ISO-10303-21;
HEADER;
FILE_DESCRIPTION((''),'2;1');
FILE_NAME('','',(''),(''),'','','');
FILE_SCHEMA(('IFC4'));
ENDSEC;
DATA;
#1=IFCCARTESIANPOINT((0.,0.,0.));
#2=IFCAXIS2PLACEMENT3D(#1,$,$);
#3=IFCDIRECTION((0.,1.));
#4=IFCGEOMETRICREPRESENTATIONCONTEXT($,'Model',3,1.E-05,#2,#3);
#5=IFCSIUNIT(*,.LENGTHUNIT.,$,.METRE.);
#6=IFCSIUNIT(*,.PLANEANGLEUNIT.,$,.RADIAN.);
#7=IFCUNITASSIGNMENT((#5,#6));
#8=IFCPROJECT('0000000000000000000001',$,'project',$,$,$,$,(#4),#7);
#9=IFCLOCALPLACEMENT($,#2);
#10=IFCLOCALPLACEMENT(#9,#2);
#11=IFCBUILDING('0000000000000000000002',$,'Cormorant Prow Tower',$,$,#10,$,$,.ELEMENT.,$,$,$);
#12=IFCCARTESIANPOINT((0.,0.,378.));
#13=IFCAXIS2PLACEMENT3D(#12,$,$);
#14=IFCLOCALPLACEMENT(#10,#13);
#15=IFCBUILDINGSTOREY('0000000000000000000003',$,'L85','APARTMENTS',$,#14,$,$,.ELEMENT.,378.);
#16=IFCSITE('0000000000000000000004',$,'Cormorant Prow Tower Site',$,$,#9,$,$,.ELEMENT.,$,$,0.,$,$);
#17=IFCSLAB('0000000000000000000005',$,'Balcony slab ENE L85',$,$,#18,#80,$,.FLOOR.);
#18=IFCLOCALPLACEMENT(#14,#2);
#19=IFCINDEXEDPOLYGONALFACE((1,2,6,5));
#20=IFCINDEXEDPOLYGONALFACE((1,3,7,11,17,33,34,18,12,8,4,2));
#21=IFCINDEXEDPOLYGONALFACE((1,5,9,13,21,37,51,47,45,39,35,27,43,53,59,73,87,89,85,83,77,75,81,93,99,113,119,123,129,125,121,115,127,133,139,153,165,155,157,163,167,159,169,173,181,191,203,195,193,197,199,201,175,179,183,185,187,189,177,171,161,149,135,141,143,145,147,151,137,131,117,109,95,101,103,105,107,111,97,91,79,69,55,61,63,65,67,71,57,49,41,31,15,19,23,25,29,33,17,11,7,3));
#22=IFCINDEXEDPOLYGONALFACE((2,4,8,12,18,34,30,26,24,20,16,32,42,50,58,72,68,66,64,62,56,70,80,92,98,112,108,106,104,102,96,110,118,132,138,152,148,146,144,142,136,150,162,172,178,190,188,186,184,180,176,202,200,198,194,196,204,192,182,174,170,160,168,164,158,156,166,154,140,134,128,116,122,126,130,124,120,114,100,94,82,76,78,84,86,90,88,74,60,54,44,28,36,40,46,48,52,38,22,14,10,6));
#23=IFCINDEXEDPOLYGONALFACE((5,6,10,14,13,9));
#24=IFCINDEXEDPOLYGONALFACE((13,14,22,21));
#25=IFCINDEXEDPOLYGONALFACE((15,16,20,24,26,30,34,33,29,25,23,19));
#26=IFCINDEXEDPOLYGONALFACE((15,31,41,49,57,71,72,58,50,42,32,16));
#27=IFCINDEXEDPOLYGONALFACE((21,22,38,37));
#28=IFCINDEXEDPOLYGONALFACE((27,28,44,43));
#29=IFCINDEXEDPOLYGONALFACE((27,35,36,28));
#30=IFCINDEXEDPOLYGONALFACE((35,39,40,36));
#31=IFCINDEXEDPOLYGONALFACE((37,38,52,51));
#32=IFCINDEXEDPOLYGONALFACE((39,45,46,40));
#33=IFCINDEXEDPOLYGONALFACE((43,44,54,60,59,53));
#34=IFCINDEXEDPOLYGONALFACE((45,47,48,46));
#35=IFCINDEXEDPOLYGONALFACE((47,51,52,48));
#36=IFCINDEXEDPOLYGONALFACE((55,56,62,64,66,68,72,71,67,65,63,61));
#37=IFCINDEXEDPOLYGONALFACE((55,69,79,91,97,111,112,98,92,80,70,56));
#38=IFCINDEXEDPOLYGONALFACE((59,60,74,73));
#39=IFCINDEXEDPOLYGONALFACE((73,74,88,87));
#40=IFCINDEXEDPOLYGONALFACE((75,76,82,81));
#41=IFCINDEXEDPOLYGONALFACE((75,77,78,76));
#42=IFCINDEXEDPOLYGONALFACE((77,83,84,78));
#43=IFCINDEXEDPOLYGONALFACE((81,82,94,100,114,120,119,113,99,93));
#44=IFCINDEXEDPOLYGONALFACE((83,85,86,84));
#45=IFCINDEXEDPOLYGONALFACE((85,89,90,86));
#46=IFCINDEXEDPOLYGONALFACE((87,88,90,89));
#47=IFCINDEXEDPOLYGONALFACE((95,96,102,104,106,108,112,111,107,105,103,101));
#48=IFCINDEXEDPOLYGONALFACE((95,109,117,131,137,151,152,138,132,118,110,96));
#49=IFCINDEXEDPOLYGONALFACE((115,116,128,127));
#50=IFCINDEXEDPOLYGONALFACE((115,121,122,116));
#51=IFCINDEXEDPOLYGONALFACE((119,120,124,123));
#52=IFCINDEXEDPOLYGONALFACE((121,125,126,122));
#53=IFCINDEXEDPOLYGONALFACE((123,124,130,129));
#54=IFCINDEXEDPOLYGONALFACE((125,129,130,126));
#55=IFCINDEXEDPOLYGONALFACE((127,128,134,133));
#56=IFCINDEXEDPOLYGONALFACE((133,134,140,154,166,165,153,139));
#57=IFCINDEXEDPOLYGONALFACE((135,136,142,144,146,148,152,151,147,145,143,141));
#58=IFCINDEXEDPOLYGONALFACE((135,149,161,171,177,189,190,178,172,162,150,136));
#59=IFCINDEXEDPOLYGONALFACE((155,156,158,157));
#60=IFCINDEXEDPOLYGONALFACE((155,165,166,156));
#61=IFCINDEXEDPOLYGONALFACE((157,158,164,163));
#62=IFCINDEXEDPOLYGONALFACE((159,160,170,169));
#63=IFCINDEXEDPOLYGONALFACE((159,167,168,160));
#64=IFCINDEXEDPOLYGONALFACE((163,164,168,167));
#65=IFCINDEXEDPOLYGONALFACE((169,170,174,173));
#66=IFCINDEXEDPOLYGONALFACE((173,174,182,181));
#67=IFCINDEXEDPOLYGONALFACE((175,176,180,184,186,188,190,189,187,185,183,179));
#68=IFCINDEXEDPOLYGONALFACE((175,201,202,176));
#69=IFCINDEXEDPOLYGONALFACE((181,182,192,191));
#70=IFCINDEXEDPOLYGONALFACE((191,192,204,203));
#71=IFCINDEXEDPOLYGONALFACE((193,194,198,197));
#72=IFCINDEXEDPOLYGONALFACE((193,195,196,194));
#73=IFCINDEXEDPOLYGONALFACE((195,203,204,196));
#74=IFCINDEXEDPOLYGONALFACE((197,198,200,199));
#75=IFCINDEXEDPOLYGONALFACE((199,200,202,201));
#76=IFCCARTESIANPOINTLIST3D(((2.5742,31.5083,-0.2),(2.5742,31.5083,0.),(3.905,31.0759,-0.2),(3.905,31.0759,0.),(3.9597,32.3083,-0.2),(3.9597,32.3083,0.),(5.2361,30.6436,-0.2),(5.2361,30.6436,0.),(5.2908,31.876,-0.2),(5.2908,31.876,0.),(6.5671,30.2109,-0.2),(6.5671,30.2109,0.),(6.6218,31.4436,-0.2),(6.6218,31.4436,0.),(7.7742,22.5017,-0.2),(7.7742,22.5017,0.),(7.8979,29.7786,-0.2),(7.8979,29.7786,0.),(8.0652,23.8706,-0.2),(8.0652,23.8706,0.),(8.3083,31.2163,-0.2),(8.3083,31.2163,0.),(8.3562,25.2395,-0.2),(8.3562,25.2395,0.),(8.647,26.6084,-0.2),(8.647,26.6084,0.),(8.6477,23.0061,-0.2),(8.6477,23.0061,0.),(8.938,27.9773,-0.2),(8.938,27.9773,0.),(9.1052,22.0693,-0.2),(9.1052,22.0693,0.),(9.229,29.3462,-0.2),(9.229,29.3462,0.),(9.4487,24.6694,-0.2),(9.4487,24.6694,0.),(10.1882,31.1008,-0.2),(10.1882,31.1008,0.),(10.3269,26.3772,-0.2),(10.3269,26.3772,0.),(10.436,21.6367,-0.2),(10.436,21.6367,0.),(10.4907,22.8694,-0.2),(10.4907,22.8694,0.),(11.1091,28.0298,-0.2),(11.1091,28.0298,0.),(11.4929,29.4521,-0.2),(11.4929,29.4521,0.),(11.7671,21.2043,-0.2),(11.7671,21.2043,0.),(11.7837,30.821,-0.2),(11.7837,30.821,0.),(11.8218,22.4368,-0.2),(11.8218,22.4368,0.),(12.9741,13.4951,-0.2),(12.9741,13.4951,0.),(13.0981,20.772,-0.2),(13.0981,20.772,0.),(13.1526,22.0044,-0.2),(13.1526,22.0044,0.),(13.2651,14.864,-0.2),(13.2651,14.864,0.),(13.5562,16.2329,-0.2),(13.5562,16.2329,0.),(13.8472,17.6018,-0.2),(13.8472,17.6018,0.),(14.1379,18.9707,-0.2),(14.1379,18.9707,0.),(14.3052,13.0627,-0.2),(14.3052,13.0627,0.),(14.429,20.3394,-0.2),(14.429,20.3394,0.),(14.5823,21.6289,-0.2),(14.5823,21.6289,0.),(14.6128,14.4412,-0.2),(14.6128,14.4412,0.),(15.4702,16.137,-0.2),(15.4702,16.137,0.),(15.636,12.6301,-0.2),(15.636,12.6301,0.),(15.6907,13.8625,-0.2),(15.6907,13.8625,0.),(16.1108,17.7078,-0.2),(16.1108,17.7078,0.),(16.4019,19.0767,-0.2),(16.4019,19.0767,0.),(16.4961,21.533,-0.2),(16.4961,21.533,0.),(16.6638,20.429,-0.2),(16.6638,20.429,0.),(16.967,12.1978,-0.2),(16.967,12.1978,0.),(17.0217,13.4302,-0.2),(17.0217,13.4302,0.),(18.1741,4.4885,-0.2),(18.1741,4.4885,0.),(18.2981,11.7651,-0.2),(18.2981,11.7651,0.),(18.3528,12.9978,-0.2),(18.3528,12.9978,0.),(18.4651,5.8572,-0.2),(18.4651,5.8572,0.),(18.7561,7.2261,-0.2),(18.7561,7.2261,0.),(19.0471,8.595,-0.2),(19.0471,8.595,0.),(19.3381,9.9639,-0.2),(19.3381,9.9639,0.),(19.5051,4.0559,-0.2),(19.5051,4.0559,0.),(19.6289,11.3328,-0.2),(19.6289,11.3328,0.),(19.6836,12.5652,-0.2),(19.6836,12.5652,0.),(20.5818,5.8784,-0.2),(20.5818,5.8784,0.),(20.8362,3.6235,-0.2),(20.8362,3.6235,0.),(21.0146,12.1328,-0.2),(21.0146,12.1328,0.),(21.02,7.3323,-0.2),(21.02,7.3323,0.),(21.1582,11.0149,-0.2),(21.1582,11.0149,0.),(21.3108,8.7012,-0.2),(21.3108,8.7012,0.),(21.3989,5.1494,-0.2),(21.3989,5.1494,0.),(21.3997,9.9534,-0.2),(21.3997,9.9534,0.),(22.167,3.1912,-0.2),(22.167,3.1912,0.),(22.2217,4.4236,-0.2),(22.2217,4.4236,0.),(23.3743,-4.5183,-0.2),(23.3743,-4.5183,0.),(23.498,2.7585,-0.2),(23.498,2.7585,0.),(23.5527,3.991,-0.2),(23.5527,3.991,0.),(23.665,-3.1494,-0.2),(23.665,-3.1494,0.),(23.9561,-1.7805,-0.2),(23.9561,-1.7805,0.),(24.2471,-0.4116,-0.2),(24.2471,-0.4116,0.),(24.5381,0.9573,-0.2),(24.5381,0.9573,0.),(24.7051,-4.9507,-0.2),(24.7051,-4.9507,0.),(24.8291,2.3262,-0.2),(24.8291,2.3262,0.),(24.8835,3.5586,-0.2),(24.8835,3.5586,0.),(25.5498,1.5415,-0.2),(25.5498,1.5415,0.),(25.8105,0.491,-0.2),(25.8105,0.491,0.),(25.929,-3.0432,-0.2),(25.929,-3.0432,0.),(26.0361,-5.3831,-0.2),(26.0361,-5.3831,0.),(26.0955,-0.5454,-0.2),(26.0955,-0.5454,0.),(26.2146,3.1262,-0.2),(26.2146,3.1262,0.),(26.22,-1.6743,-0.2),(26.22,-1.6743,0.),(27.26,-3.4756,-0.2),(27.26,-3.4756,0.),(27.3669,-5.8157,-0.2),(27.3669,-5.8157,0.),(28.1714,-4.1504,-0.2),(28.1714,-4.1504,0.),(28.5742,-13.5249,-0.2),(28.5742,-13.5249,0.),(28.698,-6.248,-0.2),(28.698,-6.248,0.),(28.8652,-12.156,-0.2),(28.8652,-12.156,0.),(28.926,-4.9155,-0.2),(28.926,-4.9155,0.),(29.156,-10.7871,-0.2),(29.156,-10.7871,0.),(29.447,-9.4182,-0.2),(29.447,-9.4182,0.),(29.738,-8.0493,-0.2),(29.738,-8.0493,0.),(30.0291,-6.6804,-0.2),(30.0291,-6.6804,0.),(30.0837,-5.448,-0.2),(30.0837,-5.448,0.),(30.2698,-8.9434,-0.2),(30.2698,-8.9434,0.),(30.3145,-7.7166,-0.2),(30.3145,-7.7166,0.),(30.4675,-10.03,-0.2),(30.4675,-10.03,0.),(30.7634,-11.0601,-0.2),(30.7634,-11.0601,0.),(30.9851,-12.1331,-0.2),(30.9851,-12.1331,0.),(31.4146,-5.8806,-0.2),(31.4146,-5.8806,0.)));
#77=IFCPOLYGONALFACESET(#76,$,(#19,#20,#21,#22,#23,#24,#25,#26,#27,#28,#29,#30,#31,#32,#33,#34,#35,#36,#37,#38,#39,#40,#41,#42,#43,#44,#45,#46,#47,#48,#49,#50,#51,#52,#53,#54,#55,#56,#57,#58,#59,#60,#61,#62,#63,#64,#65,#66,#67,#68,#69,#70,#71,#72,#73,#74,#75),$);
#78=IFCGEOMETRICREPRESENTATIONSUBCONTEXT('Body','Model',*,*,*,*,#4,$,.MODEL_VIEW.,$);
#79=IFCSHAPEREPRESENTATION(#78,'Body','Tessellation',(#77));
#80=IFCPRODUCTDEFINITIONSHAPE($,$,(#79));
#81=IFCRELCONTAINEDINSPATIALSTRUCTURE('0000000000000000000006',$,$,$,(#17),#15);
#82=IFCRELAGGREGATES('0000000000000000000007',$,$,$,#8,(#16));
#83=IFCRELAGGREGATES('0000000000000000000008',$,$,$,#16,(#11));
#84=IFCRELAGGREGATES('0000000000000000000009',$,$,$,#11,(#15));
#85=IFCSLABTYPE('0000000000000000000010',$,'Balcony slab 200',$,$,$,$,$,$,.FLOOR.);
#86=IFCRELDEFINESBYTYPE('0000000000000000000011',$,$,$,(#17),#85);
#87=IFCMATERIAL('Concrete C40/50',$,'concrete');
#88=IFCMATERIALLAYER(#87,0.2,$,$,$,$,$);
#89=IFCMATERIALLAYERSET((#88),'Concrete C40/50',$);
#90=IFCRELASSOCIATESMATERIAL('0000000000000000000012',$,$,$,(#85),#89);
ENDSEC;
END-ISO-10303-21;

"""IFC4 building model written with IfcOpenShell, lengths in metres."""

from ifc_helpers import new_model, si_unit, direction, frame, origin, place, context, subcontext, project, spatial, polyline, outline, extrude, material, layer, layer_set, type_object, element, save


model = new_model("IFC4")

# Units and contexts
model_context = context("Model", 3, precision=1e-05, world=origin(), true_north=direction((0.0, 1.0)))
body_context = subcontext(model_context, "Body", "Model", "MODEL_VIEW")
ifc_project = project(units=[si_unit("LENGTHUNIT", "METRE"), si_unit("PLANEANGLEUNIT", "RADIAN")], contexts=[model_context])

# Site, building, storey
site_placement = place(None, origin())
site = spatial("IfcSite", under=ifc_project, at=site_placement, Name="Cormorant Prow Tower Site", CompositionType="ELEMENT", RefElevation=0.0)
building_placement = place(site_placement, origin())
building = spatial("IfcBuilding", under=site, at=building_placement, Name="Cormorant Prow Tower", CompositionType="ELEMENT")
storey_placement = place(building_placement, frame((0.0, 0.0, 378.0)))
storey = spatial("IfcBuildingStorey", under=building, at=storey_placement, Name="L85", Description="APARTMENTS", CompositionType="ELEMENT", Elevation=378.0)

# Slab
ifc_material_1 = material(Name="Concrete C40/50", Category="concrete")
ifc_layer_1 = layer(ifc_material_1, 0.2)
ifc_layer_set_1 = layer_set([ifc_layer_1], Name="Concrete C40/50")
slab_type_1 = type_object("IfcSlabType", Name="Balcony slab 200", PredefinedType="FLOOR", material=ifc_layer_set_1)
slab_1_placement = place(storey_placement, frame((0.0, 0.0, -0.2)))
element("IfcSlab", 1, at=slab_1_placement, inside=storey, type_object=slab_type_1, Name="Balcony slab ENE L85", PredefinedType="FLOOR", context=body_context, shape_type="SweptSolid", body=[
    extrude(outline(polyline([(28.5742, -13.5249), (30.9851, -12.1331), (30.7634, -11.0601), (30.4675, -10.03), (30.2698, -8.9434), (30.3145, -7.7166), (31.4146, -5.8806), (30.0837, -5.448), (28.926, -4.9155), (28.1714, -4.1504), (27.26, -3.4756), (25.929, -3.0432), (26.22, -1.6743), (26.0955, -0.5454), (25.8105, 0.491), (25.5498, 1.5415), (26.2146, 3.1262), (24.8835, 3.5586), (23.5527, 3.991), (22.2217, 4.4236), (21.3989, 5.1494), (20.5818, 5.8784), (21.02, 7.3323), (21.3108, 8.7012), (21.3997, 9.9534), (21.1582, 11.0149), (21.0146, 12.1328), (19.6836, 12.5652), (18.3528, 12.9978), (17.0217, 13.4302), (15.6907, 13.8625), (14.6128, 14.4412), (15.4702, 16.137), (16.1108, 17.7078), (16.4019, 19.0767), (16.6638, 20.429), (16.4961, 21.533), (14.5823, 21.6289), (13.1526, 22.0044), (11.8218, 22.4368), (10.4907, 22.8694), (8.6477, 23.0061), (9.4487, 24.6694), (10.3269, 26.3772), (11.1091, 28.0298), (11.4929, 29.4521), (11.7837, 30.821), (10.1882, 31.1008), (8.3083, 31.2163), (6.6218, 31.4436), (5.2908, 31.876), (3.9597, 32.3083), (2.5742, 31.5083), (3.905, 31.0759), (5.2361, 30.6436), (6.5671, 30.2109), (7.8979, 29.7786), (9.229, 29.3462), (8.938, 27.9773), (8.647, 26.6084), (8.3562, 25.2395), (8.0652, 23.8706), (7.7742, 22.5017), (9.1052, 22.0693), (10.436, 21.6367), (11.7671, 21.2043), (13.0981, 20.772), (14.429, 20.3394), (14.1379, 18.9707), (13.8472, 17.6018), (13.5562, 16.2329), (13.2651, 14.864), (12.9741, 13.4951), (14.3052, 13.0627), (15.636, 12.6301), (16.967, 12.1978), (18.2981, 11.7651), (19.6289, 11.3328), (19.3381, 9.9639), (19.0471, 8.595), (18.7561, 7.2261), (18.4651, 5.8572), (18.1741, 4.4885), (19.5051, 4.0559), (20.8362, 3.6235), (22.167, 3.1912), (23.498, 2.7585), (24.8291, 2.3262), (24.5381, 0.9573), (24.2471, -0.4116), (23.9561, -1.7805), (23.665, -3.1494), (23.3743, -4.5183), (24.7051, -4.9507), (26.0361, -5.3831), (27.3669, -5.8157), (28.698, -6.248), (30.0291, -6.6804), (29.738, -8.0493), (29.447, -9.4182), (29.156, -10.7871), (28.8652, -12.156), (28.5742, -13.5249)])), origin(), (0.0, 0.0, 1.0), 0.2),
])

save(model, "model.ifc")
